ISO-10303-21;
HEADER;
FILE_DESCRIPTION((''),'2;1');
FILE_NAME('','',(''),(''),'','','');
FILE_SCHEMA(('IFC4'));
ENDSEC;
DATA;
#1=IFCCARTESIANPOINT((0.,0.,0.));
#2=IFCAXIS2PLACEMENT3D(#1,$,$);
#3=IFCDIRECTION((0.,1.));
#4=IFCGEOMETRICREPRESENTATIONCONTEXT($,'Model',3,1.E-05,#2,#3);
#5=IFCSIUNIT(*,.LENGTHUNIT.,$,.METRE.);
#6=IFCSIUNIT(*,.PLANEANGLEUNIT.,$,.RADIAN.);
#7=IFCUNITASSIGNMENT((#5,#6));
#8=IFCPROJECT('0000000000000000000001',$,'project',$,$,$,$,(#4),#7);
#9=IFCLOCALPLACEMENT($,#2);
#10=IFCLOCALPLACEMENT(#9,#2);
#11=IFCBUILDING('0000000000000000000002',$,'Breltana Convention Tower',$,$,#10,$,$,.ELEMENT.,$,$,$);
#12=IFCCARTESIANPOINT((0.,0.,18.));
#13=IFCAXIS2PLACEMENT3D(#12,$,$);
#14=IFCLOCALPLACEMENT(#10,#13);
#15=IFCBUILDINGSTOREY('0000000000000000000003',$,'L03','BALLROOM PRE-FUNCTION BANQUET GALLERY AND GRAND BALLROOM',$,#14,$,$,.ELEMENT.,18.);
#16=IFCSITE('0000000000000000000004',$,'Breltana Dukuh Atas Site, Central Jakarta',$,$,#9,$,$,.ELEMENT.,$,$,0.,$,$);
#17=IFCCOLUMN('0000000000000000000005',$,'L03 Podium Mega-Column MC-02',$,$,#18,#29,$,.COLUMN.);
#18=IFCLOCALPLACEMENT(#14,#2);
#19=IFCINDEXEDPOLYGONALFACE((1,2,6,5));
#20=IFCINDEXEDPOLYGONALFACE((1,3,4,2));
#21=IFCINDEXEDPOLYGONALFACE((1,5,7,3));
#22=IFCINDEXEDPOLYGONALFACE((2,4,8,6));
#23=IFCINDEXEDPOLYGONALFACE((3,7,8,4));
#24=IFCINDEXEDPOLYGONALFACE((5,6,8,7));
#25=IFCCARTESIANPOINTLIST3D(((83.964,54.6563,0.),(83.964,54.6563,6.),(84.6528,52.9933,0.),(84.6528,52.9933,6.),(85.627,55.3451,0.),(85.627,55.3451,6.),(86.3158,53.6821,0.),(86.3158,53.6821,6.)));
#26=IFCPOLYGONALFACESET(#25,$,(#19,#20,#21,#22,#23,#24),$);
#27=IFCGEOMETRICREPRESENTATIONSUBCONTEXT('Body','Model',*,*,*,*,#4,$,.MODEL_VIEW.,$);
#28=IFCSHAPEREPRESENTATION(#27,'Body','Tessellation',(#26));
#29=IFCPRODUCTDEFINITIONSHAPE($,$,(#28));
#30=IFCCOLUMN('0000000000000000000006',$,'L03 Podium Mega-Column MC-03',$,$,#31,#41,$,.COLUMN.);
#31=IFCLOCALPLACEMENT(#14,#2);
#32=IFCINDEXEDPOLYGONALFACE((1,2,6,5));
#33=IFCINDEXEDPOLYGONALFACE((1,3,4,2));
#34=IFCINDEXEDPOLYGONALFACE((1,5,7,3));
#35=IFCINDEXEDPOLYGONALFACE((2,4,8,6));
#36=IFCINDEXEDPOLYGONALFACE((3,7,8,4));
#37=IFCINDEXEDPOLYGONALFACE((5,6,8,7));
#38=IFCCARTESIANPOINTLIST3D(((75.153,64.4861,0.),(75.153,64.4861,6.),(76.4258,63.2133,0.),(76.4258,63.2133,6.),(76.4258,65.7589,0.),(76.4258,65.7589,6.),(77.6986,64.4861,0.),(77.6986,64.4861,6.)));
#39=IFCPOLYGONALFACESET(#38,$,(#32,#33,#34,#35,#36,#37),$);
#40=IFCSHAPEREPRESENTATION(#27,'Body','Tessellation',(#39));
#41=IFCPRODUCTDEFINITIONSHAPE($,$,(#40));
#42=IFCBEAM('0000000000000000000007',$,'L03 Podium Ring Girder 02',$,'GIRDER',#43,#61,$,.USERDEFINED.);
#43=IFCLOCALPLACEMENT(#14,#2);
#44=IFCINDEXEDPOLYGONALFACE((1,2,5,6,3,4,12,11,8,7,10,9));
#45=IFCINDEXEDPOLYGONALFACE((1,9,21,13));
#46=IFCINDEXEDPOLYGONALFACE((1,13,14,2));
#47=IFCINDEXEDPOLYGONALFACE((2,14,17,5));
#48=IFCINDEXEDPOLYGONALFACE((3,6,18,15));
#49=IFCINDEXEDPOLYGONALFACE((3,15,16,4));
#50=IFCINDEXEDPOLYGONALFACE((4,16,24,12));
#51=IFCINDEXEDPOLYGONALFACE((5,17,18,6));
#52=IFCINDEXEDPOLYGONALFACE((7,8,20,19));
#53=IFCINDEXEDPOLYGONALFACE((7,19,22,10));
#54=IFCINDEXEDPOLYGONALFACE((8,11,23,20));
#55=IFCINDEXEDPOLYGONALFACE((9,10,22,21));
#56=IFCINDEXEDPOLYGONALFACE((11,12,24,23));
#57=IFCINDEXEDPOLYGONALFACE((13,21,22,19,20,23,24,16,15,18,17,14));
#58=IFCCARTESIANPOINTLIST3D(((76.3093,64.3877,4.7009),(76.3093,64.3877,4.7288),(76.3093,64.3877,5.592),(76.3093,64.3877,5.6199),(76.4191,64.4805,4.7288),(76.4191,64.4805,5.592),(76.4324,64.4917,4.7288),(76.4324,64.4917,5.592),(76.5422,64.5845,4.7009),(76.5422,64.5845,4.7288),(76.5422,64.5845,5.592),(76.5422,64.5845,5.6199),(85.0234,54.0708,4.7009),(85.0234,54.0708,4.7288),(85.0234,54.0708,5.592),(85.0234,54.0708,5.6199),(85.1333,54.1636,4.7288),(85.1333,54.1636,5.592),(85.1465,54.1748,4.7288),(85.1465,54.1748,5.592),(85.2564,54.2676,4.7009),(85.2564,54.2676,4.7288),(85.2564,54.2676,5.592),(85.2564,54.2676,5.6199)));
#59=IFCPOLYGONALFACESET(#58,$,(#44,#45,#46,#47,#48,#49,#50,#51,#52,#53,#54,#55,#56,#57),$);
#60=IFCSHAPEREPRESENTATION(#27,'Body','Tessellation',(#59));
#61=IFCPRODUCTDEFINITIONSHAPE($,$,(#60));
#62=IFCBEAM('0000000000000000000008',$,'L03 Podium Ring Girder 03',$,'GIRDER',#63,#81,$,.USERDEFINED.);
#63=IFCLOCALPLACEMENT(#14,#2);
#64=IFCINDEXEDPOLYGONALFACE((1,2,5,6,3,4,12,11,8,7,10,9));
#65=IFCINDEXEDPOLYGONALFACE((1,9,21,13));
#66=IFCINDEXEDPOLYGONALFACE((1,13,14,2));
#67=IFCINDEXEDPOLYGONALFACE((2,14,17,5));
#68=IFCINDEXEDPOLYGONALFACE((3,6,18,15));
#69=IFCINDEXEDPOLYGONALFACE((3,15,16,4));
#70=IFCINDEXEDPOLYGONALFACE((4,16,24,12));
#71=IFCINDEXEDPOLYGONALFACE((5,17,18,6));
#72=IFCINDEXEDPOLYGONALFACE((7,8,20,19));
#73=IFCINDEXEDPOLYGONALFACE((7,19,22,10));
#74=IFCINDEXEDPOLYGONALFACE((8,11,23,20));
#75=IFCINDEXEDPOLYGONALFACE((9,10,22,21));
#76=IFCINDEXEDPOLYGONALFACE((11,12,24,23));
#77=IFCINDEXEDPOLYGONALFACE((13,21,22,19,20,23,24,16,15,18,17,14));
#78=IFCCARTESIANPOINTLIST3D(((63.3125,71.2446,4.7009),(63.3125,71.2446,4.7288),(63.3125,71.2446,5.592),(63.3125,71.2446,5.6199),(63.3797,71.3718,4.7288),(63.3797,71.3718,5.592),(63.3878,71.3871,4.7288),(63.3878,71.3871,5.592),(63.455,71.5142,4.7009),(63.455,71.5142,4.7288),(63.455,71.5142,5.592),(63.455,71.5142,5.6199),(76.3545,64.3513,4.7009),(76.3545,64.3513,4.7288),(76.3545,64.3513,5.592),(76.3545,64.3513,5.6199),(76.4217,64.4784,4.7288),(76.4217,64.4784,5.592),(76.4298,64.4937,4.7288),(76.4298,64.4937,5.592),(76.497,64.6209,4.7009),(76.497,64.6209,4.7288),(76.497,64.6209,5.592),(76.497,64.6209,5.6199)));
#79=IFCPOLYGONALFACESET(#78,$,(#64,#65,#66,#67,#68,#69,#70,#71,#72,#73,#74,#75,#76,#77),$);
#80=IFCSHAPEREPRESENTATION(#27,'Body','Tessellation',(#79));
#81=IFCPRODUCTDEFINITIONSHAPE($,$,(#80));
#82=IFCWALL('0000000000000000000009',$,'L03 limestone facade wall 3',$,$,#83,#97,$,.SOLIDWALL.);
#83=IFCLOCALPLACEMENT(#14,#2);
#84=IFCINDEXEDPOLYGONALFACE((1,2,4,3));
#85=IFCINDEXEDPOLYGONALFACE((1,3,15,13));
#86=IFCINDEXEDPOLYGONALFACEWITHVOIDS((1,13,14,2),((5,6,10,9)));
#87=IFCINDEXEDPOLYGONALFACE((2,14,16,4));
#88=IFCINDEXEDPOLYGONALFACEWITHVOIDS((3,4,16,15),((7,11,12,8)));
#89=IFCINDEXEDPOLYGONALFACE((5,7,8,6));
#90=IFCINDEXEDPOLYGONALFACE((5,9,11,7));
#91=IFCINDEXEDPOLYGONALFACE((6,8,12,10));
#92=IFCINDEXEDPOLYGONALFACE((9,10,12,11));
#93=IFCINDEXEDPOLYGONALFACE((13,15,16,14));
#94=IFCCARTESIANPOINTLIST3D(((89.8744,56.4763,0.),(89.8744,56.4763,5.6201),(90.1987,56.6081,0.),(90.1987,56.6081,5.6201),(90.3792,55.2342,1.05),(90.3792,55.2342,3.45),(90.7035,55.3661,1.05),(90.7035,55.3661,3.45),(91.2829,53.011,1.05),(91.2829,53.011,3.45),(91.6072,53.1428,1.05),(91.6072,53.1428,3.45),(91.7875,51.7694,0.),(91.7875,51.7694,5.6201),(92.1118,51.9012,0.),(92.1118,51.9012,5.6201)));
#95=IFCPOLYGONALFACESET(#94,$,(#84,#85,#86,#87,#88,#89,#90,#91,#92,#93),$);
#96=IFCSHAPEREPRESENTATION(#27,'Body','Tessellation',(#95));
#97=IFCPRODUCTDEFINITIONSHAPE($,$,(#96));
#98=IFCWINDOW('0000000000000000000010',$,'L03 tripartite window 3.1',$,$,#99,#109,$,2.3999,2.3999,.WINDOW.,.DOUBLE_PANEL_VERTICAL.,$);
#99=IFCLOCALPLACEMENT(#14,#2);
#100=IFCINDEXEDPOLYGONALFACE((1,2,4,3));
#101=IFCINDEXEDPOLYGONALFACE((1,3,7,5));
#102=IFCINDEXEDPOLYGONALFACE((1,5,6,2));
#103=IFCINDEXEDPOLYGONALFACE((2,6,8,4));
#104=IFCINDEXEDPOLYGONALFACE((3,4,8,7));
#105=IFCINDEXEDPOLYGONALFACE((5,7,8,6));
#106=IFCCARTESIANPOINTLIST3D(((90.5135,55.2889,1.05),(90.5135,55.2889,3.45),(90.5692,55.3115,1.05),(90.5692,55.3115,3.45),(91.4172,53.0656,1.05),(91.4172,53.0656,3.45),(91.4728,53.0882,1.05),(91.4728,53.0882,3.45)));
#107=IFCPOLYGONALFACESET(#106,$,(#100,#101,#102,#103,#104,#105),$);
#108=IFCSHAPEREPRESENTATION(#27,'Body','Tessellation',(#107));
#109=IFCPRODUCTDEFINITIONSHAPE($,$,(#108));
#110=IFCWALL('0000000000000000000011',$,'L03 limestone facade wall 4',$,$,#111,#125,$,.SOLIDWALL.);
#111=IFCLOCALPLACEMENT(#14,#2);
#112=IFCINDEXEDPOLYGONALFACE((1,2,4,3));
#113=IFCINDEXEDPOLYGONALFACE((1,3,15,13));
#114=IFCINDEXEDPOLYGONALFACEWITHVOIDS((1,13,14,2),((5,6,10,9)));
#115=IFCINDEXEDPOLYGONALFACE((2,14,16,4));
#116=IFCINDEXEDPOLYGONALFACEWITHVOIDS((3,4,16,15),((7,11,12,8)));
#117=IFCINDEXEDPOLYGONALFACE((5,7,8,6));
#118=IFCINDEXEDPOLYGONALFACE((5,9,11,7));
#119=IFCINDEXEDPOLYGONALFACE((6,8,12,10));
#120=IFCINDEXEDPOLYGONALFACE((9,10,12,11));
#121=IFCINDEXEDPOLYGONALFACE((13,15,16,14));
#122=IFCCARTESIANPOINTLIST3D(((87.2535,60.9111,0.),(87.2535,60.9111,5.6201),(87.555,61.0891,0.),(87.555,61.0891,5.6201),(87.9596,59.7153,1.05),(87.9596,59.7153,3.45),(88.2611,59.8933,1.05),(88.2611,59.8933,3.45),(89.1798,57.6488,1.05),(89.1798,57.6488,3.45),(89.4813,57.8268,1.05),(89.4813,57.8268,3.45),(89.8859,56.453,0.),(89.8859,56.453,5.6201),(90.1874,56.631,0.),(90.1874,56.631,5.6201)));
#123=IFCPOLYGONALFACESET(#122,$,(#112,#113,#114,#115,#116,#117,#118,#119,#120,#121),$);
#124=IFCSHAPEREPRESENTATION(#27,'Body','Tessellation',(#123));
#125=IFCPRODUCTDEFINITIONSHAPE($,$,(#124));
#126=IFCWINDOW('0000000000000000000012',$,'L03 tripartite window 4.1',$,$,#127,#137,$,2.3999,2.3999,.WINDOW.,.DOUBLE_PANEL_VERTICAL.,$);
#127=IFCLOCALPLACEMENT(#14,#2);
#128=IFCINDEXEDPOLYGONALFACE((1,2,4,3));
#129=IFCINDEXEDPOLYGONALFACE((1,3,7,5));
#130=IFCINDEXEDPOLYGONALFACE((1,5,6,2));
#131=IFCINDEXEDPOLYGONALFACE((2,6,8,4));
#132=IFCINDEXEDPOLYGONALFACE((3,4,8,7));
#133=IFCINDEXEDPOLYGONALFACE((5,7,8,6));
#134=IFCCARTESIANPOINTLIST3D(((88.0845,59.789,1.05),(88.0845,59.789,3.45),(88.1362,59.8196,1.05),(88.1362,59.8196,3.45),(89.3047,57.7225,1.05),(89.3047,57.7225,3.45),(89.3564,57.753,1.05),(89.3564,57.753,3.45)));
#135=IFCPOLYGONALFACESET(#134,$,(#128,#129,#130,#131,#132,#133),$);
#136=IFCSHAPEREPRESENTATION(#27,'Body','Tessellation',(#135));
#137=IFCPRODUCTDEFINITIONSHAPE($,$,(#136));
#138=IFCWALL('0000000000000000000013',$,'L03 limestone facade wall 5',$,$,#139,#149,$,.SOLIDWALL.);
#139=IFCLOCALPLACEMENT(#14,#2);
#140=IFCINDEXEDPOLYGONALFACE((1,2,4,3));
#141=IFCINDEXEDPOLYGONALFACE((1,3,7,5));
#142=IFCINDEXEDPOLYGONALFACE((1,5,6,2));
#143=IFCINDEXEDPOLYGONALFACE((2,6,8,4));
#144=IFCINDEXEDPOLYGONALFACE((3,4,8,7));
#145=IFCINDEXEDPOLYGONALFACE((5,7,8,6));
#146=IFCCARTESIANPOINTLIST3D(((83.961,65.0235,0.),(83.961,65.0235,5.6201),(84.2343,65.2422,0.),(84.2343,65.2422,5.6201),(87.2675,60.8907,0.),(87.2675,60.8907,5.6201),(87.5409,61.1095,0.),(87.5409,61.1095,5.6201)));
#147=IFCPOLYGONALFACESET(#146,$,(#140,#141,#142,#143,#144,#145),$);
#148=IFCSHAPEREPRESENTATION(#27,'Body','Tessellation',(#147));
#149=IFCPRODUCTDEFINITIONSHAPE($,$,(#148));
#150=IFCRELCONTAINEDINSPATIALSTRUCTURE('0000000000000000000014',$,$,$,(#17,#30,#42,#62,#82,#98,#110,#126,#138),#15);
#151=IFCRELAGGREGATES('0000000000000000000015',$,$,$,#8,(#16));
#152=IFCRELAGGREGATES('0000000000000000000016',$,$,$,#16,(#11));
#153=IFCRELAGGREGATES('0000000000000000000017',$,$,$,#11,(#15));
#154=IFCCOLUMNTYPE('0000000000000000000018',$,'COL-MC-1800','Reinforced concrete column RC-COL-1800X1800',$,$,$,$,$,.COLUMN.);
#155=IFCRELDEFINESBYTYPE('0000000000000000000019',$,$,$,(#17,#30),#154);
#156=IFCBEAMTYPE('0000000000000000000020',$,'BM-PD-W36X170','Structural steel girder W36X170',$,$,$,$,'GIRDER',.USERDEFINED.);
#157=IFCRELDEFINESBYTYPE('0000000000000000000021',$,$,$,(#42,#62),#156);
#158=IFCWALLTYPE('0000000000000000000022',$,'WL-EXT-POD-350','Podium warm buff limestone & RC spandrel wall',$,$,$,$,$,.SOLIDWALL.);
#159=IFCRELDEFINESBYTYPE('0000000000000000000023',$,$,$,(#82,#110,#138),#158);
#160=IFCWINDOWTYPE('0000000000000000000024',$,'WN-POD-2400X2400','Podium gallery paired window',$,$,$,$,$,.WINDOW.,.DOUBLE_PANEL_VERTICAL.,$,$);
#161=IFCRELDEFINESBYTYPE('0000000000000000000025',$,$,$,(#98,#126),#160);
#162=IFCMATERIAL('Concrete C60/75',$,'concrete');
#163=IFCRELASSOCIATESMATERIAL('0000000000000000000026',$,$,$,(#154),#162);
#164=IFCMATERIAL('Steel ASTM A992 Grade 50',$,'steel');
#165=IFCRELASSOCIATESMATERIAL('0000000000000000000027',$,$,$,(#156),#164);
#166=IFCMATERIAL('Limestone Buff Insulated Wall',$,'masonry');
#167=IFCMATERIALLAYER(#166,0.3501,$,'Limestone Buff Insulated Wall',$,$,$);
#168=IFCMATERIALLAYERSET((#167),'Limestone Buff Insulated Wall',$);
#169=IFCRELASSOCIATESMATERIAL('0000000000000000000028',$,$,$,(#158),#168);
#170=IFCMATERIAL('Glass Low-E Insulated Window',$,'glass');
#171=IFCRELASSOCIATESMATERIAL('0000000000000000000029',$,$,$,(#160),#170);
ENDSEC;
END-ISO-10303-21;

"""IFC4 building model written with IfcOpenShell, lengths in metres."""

from ifc_helpers import new_model, si_unit, direction, frame, frame_2d, origin, origin_2d, place, context, subcontext, project, spatial, rectangle, i_section, extrude, source, transform, mapped, material, layer, layer_set, material_profile, profile_set, type_object, type_shapes, element, fill, save


model = new_model("IFC4")

# Units and contexts
model_context = context("Model", 3, precision=1e-05, world=origin(), true_north=direction((0.0, 1.0)))
body_context = subcontext(model_context, "Body", "Model", "MODEL_VIEW")
ifc_project = project(units=[si_unit("LENGTHUNIT", "METRE"), si_unit("PLANEANGLEUNIT", "RADIAN")], contexts=[model_context])

# Site, building, storey
site_placement = place(None, origin())
site = spatial("IfcSite", under=ifc_project, at=site_placement, Name="Breltana Dukuh Atas Site, Central Jakarta", CompositionType="ELEMENT", RefElevation=0.0)
building_placement = place(site_placement, origin())
building = spatial("IfcBuilding", under=site, at=building_placement, Name="Breltana Convention Tower", CompositionType="ELEMENT")
storey_placement = place(building_placement, frame((0.0, 0.0, 18.0)))
storey = spatial("IfcBuildingStorey", under=building, at=storey_placement, Name="L03", Description="BALLROOM PRE-FUNCTION BANQUET GALLERY AND GRAND BALLROOM", CompositionType="ELEMENT", Elevation=18.0)

# Columns
ifc_material_1 = material(Name="Concrete C60/75", Category="concrete")
ifc_material_profile_1 = material_profile(ifc_material_1, rectangle(XDim=1.8, YDim=1.8, at=origin_2d()), Name="RC-COL-1800X1800")
ifc_profile_set_1 = profile_set([ifc_material_profile_1], Name="Concrete C60/75")
column_type = type_object("IfcColumnType", Name="COL-MC-1800", Description="Reinforced concrete column RC-COL-1800X1800", PredefinedType="COLUMN", material=ifc_profile_set_1)
shared_shape_1 = source(origin(), body_context, "Body", "SweptSolid", [
    extrude(rectangle(XDim=1.8, YDim=1.8, at=origin_2d()), origin(), (0.0, 0.0, 1.0), 6.0),
])
type_shapes(column_type, [shared_shape_1])
for number, where, z_axis, x_axis, name in (
    (1, (85.1399, 54.1692, 0.0), (0.0, 0.0, 1.0), (0.92388, 0.382683, 0.0), "L03 Podium Mega-Column MC-02"),
    (2, (76.4258, 64.4861, 0.0), (0.0, 0.0, 1.0), (0.707107, 0.707107, 0.0), "L03 Podium Mega-Column MC-03"),
):
    element("IfcColumn", number, at=place(storey_placement, frame(where, z_axis=z_axis, x_axis=x_axis)), inside=storey, type_object=column_type, Name=name, PredefinedType="COLUMN", context=body_context, shape_type="MappedRepresentation", body=[
        mapped(shared_shape_1, transform((0.0, 0.0, 0.0), scale=1.0)),
    ])

# Beams
ifc_material_2 = material(Name="Steel ASTM A992 Grade 50", Category="steel")
ifc_material_profile_2 = material_profile(ifc_material_2, i_section(OverallWidth=0.3049, OverallDepth=0.9189, WebThickness=0.0173, FlangeThickness=0.0278, at=origin_2d()), Name="W36X170")
ifc_profile_set_2 = profile_set([ifc_material_profile_2], Name="Steel ASTM A992 Grade 50")
beam_type = type_object("IfcBeamType", Name="BM-PD-W36X170", Description="Structural steel girder W36X170", ElementType="GIRDER", PredefinedType="USERDEFINED", material=ifc_profile_set_2)
shared_shape_2 = source(origin(), body_context, "Body", "SweptSolid", [
    extrude(i_section(OverallWidth=0.3049, OverallDepth=0.9189, WebThickness=0.0173, FlangeThickness=0.0278, at=origin_2d()), origin(), (0.0, 0.0, 1.0), 13.5046),
])
beam_1_placement = place(storey_placement, frame((85.1399, 54.1692, 5.1604), z_axis=(-0.64527, 0.763954, 0.0), x_axis=(-0.763954, -0.64527, 0.0)))
element("IfcBeam", 3, at=beam_1_placement, inside=storey, type_object=beam_type, Name="L03 Podium Ring Girder 02", ObjectType="GIRDER", PredefinedType="USERDEFINED", context=body_context, shape_type="MappedRepresentation", body=[
    mapped(shared_shape_2, transform((0.0, 0.0, 0.0), scale=1.0)),
])
shared_shape_3 = source(origin(), body_context, "Body", "SweptSolid", [
    extrude(i_section(OverallWidth=0.3049, OverallDepth=0.9189, WebThickness=0.0173, FlangeThickness=0.0278, at=origin_2d()), origin(), (0.0, 0.0, 1.0), 14.7517),
])
beam_2_placement = place(storey_placement, frame((76.4258, 64.4861, 5.1604), z_axis=(-0.884104, 0.467291, 0.0), x_axis=(-0.467291, -0.884104, 0.0)))
element("IfcBeam", 4, at=beam_2_placement, inside=storey, type_object=beam_type, Name="L03 Podium Ring Girder 03", ObjectType="GIRDER", PredefinedType="USERDEFINED", context=body_context, shape_type="MappedRepresentation", body=[
    mapped(shared_shape_3, transform((0.0, 0.0, 0.0), scale=1.0)),
])

# Walls, openings, windows
ifc_material_3 = material(Name="Limestone Buff Insulated Wall", Category="masonry")
ifc_layer_1 = layer(ifc_material_3, 0.3501, Name="Limestone Buff Insulated Wall")
ifc_layer_set_1 = layer_set([ifc_layer_1], Name="Limestone Buff Insulated Wall")
wall_type_1 = type_object("IfcWallType", Name="WL-EXT-POD-350", Description="Podium warm buff limestone & RC spandrel wall", PredefinedType="SOLIDWALL", material=ifc_layer_set_1)
shared_shape_4 = source(origin(), body_context, "Body", "SweptSolid", [
    extrude(rectangle(XDim=5.0808, YDim=0.3501, at=frame_2d((2.5405, 0.0))), origin(), (0.0, 0.0, 1.0), 5.6201),
])
wall_1_placement = place(storey_placement, frame((91.9497, 51.8352, 0.0), z_axis=(0.0, 0.0, 1.0), x_axis=(-0.376538, 0.926401, 0.0)))
wall_1 = element("IfcWall", 5, at=wall_1_placement, inside=storey, type_object=wall_type_1, Name="L03 limestone facade wall 3", PredefinedType="SOLIDWALL", context=body_context, shape_type="MappedRepresentation", body=[
    mapped(shared_shape_4, transform((0.0, 0.0, 0.0), scale=1.0)),
])
opening_1_placement = place(wall_1_placement, frame((1.3403, 0.0, 1.05)))
opening_1 = element("IfcOpeningElement", 6, at=opening_1_placement, cuts=wall_1, PredefinedType="OPENING", context=body_context, shape_type="SweptSolid", body=[
    extrude(rectangle(XDim=2.3999, YDim=2.3999, at=frame_2d((1.2, 1.2))), frame((0.0, 0.1851, 0.0), z_axis=(0.0, -1.0, 0.0), x_axis=(1.0, 0.0, 0.0)), (0.0, 0.0, 1.0), 0.3701),
])
ifc_material_4 = material(Name="Glass Low-E Insulated Window", Category="glass")
window_type_1 = type_object("IfcWindowType", Name="WN-POD-2400X2400", Description="Podium gallery paired window", PartitioningType="DOUBLE_PANEL_VERTICAL", PredefinedType="WINDOW", material=ifc_material_4)
shared_shape_5 = source(origin(), body_context, "Body", "SweptSolid", [
    extrude(rectangle(XDim=2.3999, YDim=2.3999, at=frame_2d((1.2, 1.2))), frame((0.0, 0.03, 0.0), z_axis=(0.0, -1.0, 0.0), x_axis=(1.0, 0.0, 0.0)), (0.0, 0.0, 1.0), 0.0601),
])
type_shapes(window_type_1, [shared_shape_5])
window_1_placement = place(opening_1_placement, origin())
window_1 = element("IfcWindow", 7, at=window_1_placement, inside=storey, type_object=window_type_1, Name="L03 tripartite window 3.1", OverallHeight=2.3999, OverallWidth=2.3999, PartitioningType="DOUBLE_PANEL_VERTICAL", PredefinedType="WINDOW", context=body_context, shape_type="MappedRepresentation", body=[
    mapped(shared_shape_5, transform((0.0, 0.0, 0.0), scale=1.0)),
])
fill(opening_1, window_1)
shared_shape_6 = source(origin(), body_context, "Body", "SweptSolid", [
    extrude(rectangle(XDim=5.1772, YDim=0.3501, at=frame_2d((2.5886, 0.0))), origin(), (0.0, 0.0, 1.0), 5.6201),
])
wall_2_placement = place(storey_placement, frame((90.0366, 56.542, 0.0), z_axis=(0.0, 0.0, 1.0), x_axis=(-0.50845, 0.861092, 0.0)))
wall_2 = element("IfcWall", 8, at=wall_2_placement, inside=storey, type_object=wall_type_1, Name="L03 limestone facade wall 4", PredefinedType="SOLIDWALL", context=body_context, shape_type="MappedRepresentation", body=[
    mapped(shared_shape_6, transform((0.0, 0.0, 0.0), scale=1.0)),
])
opening_2_placement = place(wall_2_placement, frame((1.3887, 0.0, 1.05)))
opening_2 = element("IfcOpeningElement", 9, at=opening_2_placement, cuts=wall_2, PredefinedType="OPENING", context=body_context, shape_type="SweptSolid", body=[
    extrude(rectangle(XDim=2.3999, YDim=2.3999, at=frame_2d((1.2, 1.2))), frame((0.0, 0.1851, 0.0), z_axis=(0.0, -1.0, 0.0), x_axis=(1.0, 0.0, 0.0)), (0.0, 0.0, 1.0), 0.3701),
])
window_2_placement = place(opening_2_placement, origin())
window_2 = element("IfcWindow", 10, at=window_2_placement, inside=storey, type_object=window_type_1, Name="L03 tripartite window 4.1", OverallHeight=2.3999, OverallWidth=2.3999, PartitioningType="DOUBLE_PANEL_VERTICAL", PredefinedType="WINDOW", context=body_context, shape_type="MappedRepresentation", body=[
    mapped(shared_shape_5, transform((0.0, 0.0, 0.0), scale=1.0)),
])
fill(opening_2, window_2)

# Wall
shared_shape_7 = source(origin(), body_context, "Body", "SweptSolid", [
    extrude(rectangle(XDim=5.2927, YDim=0.3501, at=frame_2d((2.6465, 0.0))), origin(), (0.0, 0.0, 1.0), 5.6201),
])
wall_3_placement = place(storey_placement, frame((87.4043, 61.0, 0.0), z_axis=(0.0, 0.0, 1.0), x_axis=(-0.62474, 0.780833, 0.0)))
element("IfcWall", 11, at=wall_3_placement, inside=storey, type_object=wall_type_1, Name="L03 limestone facade wall 5", PredefinedType="SOLIDWALL", context=body_context, shape_type="MappedRepresentation", body=[
    mapped(shared_shape_7, transform((0.0, 0.0, 0.0), scale=1.0)),
])

save(model, "model.ifc")
